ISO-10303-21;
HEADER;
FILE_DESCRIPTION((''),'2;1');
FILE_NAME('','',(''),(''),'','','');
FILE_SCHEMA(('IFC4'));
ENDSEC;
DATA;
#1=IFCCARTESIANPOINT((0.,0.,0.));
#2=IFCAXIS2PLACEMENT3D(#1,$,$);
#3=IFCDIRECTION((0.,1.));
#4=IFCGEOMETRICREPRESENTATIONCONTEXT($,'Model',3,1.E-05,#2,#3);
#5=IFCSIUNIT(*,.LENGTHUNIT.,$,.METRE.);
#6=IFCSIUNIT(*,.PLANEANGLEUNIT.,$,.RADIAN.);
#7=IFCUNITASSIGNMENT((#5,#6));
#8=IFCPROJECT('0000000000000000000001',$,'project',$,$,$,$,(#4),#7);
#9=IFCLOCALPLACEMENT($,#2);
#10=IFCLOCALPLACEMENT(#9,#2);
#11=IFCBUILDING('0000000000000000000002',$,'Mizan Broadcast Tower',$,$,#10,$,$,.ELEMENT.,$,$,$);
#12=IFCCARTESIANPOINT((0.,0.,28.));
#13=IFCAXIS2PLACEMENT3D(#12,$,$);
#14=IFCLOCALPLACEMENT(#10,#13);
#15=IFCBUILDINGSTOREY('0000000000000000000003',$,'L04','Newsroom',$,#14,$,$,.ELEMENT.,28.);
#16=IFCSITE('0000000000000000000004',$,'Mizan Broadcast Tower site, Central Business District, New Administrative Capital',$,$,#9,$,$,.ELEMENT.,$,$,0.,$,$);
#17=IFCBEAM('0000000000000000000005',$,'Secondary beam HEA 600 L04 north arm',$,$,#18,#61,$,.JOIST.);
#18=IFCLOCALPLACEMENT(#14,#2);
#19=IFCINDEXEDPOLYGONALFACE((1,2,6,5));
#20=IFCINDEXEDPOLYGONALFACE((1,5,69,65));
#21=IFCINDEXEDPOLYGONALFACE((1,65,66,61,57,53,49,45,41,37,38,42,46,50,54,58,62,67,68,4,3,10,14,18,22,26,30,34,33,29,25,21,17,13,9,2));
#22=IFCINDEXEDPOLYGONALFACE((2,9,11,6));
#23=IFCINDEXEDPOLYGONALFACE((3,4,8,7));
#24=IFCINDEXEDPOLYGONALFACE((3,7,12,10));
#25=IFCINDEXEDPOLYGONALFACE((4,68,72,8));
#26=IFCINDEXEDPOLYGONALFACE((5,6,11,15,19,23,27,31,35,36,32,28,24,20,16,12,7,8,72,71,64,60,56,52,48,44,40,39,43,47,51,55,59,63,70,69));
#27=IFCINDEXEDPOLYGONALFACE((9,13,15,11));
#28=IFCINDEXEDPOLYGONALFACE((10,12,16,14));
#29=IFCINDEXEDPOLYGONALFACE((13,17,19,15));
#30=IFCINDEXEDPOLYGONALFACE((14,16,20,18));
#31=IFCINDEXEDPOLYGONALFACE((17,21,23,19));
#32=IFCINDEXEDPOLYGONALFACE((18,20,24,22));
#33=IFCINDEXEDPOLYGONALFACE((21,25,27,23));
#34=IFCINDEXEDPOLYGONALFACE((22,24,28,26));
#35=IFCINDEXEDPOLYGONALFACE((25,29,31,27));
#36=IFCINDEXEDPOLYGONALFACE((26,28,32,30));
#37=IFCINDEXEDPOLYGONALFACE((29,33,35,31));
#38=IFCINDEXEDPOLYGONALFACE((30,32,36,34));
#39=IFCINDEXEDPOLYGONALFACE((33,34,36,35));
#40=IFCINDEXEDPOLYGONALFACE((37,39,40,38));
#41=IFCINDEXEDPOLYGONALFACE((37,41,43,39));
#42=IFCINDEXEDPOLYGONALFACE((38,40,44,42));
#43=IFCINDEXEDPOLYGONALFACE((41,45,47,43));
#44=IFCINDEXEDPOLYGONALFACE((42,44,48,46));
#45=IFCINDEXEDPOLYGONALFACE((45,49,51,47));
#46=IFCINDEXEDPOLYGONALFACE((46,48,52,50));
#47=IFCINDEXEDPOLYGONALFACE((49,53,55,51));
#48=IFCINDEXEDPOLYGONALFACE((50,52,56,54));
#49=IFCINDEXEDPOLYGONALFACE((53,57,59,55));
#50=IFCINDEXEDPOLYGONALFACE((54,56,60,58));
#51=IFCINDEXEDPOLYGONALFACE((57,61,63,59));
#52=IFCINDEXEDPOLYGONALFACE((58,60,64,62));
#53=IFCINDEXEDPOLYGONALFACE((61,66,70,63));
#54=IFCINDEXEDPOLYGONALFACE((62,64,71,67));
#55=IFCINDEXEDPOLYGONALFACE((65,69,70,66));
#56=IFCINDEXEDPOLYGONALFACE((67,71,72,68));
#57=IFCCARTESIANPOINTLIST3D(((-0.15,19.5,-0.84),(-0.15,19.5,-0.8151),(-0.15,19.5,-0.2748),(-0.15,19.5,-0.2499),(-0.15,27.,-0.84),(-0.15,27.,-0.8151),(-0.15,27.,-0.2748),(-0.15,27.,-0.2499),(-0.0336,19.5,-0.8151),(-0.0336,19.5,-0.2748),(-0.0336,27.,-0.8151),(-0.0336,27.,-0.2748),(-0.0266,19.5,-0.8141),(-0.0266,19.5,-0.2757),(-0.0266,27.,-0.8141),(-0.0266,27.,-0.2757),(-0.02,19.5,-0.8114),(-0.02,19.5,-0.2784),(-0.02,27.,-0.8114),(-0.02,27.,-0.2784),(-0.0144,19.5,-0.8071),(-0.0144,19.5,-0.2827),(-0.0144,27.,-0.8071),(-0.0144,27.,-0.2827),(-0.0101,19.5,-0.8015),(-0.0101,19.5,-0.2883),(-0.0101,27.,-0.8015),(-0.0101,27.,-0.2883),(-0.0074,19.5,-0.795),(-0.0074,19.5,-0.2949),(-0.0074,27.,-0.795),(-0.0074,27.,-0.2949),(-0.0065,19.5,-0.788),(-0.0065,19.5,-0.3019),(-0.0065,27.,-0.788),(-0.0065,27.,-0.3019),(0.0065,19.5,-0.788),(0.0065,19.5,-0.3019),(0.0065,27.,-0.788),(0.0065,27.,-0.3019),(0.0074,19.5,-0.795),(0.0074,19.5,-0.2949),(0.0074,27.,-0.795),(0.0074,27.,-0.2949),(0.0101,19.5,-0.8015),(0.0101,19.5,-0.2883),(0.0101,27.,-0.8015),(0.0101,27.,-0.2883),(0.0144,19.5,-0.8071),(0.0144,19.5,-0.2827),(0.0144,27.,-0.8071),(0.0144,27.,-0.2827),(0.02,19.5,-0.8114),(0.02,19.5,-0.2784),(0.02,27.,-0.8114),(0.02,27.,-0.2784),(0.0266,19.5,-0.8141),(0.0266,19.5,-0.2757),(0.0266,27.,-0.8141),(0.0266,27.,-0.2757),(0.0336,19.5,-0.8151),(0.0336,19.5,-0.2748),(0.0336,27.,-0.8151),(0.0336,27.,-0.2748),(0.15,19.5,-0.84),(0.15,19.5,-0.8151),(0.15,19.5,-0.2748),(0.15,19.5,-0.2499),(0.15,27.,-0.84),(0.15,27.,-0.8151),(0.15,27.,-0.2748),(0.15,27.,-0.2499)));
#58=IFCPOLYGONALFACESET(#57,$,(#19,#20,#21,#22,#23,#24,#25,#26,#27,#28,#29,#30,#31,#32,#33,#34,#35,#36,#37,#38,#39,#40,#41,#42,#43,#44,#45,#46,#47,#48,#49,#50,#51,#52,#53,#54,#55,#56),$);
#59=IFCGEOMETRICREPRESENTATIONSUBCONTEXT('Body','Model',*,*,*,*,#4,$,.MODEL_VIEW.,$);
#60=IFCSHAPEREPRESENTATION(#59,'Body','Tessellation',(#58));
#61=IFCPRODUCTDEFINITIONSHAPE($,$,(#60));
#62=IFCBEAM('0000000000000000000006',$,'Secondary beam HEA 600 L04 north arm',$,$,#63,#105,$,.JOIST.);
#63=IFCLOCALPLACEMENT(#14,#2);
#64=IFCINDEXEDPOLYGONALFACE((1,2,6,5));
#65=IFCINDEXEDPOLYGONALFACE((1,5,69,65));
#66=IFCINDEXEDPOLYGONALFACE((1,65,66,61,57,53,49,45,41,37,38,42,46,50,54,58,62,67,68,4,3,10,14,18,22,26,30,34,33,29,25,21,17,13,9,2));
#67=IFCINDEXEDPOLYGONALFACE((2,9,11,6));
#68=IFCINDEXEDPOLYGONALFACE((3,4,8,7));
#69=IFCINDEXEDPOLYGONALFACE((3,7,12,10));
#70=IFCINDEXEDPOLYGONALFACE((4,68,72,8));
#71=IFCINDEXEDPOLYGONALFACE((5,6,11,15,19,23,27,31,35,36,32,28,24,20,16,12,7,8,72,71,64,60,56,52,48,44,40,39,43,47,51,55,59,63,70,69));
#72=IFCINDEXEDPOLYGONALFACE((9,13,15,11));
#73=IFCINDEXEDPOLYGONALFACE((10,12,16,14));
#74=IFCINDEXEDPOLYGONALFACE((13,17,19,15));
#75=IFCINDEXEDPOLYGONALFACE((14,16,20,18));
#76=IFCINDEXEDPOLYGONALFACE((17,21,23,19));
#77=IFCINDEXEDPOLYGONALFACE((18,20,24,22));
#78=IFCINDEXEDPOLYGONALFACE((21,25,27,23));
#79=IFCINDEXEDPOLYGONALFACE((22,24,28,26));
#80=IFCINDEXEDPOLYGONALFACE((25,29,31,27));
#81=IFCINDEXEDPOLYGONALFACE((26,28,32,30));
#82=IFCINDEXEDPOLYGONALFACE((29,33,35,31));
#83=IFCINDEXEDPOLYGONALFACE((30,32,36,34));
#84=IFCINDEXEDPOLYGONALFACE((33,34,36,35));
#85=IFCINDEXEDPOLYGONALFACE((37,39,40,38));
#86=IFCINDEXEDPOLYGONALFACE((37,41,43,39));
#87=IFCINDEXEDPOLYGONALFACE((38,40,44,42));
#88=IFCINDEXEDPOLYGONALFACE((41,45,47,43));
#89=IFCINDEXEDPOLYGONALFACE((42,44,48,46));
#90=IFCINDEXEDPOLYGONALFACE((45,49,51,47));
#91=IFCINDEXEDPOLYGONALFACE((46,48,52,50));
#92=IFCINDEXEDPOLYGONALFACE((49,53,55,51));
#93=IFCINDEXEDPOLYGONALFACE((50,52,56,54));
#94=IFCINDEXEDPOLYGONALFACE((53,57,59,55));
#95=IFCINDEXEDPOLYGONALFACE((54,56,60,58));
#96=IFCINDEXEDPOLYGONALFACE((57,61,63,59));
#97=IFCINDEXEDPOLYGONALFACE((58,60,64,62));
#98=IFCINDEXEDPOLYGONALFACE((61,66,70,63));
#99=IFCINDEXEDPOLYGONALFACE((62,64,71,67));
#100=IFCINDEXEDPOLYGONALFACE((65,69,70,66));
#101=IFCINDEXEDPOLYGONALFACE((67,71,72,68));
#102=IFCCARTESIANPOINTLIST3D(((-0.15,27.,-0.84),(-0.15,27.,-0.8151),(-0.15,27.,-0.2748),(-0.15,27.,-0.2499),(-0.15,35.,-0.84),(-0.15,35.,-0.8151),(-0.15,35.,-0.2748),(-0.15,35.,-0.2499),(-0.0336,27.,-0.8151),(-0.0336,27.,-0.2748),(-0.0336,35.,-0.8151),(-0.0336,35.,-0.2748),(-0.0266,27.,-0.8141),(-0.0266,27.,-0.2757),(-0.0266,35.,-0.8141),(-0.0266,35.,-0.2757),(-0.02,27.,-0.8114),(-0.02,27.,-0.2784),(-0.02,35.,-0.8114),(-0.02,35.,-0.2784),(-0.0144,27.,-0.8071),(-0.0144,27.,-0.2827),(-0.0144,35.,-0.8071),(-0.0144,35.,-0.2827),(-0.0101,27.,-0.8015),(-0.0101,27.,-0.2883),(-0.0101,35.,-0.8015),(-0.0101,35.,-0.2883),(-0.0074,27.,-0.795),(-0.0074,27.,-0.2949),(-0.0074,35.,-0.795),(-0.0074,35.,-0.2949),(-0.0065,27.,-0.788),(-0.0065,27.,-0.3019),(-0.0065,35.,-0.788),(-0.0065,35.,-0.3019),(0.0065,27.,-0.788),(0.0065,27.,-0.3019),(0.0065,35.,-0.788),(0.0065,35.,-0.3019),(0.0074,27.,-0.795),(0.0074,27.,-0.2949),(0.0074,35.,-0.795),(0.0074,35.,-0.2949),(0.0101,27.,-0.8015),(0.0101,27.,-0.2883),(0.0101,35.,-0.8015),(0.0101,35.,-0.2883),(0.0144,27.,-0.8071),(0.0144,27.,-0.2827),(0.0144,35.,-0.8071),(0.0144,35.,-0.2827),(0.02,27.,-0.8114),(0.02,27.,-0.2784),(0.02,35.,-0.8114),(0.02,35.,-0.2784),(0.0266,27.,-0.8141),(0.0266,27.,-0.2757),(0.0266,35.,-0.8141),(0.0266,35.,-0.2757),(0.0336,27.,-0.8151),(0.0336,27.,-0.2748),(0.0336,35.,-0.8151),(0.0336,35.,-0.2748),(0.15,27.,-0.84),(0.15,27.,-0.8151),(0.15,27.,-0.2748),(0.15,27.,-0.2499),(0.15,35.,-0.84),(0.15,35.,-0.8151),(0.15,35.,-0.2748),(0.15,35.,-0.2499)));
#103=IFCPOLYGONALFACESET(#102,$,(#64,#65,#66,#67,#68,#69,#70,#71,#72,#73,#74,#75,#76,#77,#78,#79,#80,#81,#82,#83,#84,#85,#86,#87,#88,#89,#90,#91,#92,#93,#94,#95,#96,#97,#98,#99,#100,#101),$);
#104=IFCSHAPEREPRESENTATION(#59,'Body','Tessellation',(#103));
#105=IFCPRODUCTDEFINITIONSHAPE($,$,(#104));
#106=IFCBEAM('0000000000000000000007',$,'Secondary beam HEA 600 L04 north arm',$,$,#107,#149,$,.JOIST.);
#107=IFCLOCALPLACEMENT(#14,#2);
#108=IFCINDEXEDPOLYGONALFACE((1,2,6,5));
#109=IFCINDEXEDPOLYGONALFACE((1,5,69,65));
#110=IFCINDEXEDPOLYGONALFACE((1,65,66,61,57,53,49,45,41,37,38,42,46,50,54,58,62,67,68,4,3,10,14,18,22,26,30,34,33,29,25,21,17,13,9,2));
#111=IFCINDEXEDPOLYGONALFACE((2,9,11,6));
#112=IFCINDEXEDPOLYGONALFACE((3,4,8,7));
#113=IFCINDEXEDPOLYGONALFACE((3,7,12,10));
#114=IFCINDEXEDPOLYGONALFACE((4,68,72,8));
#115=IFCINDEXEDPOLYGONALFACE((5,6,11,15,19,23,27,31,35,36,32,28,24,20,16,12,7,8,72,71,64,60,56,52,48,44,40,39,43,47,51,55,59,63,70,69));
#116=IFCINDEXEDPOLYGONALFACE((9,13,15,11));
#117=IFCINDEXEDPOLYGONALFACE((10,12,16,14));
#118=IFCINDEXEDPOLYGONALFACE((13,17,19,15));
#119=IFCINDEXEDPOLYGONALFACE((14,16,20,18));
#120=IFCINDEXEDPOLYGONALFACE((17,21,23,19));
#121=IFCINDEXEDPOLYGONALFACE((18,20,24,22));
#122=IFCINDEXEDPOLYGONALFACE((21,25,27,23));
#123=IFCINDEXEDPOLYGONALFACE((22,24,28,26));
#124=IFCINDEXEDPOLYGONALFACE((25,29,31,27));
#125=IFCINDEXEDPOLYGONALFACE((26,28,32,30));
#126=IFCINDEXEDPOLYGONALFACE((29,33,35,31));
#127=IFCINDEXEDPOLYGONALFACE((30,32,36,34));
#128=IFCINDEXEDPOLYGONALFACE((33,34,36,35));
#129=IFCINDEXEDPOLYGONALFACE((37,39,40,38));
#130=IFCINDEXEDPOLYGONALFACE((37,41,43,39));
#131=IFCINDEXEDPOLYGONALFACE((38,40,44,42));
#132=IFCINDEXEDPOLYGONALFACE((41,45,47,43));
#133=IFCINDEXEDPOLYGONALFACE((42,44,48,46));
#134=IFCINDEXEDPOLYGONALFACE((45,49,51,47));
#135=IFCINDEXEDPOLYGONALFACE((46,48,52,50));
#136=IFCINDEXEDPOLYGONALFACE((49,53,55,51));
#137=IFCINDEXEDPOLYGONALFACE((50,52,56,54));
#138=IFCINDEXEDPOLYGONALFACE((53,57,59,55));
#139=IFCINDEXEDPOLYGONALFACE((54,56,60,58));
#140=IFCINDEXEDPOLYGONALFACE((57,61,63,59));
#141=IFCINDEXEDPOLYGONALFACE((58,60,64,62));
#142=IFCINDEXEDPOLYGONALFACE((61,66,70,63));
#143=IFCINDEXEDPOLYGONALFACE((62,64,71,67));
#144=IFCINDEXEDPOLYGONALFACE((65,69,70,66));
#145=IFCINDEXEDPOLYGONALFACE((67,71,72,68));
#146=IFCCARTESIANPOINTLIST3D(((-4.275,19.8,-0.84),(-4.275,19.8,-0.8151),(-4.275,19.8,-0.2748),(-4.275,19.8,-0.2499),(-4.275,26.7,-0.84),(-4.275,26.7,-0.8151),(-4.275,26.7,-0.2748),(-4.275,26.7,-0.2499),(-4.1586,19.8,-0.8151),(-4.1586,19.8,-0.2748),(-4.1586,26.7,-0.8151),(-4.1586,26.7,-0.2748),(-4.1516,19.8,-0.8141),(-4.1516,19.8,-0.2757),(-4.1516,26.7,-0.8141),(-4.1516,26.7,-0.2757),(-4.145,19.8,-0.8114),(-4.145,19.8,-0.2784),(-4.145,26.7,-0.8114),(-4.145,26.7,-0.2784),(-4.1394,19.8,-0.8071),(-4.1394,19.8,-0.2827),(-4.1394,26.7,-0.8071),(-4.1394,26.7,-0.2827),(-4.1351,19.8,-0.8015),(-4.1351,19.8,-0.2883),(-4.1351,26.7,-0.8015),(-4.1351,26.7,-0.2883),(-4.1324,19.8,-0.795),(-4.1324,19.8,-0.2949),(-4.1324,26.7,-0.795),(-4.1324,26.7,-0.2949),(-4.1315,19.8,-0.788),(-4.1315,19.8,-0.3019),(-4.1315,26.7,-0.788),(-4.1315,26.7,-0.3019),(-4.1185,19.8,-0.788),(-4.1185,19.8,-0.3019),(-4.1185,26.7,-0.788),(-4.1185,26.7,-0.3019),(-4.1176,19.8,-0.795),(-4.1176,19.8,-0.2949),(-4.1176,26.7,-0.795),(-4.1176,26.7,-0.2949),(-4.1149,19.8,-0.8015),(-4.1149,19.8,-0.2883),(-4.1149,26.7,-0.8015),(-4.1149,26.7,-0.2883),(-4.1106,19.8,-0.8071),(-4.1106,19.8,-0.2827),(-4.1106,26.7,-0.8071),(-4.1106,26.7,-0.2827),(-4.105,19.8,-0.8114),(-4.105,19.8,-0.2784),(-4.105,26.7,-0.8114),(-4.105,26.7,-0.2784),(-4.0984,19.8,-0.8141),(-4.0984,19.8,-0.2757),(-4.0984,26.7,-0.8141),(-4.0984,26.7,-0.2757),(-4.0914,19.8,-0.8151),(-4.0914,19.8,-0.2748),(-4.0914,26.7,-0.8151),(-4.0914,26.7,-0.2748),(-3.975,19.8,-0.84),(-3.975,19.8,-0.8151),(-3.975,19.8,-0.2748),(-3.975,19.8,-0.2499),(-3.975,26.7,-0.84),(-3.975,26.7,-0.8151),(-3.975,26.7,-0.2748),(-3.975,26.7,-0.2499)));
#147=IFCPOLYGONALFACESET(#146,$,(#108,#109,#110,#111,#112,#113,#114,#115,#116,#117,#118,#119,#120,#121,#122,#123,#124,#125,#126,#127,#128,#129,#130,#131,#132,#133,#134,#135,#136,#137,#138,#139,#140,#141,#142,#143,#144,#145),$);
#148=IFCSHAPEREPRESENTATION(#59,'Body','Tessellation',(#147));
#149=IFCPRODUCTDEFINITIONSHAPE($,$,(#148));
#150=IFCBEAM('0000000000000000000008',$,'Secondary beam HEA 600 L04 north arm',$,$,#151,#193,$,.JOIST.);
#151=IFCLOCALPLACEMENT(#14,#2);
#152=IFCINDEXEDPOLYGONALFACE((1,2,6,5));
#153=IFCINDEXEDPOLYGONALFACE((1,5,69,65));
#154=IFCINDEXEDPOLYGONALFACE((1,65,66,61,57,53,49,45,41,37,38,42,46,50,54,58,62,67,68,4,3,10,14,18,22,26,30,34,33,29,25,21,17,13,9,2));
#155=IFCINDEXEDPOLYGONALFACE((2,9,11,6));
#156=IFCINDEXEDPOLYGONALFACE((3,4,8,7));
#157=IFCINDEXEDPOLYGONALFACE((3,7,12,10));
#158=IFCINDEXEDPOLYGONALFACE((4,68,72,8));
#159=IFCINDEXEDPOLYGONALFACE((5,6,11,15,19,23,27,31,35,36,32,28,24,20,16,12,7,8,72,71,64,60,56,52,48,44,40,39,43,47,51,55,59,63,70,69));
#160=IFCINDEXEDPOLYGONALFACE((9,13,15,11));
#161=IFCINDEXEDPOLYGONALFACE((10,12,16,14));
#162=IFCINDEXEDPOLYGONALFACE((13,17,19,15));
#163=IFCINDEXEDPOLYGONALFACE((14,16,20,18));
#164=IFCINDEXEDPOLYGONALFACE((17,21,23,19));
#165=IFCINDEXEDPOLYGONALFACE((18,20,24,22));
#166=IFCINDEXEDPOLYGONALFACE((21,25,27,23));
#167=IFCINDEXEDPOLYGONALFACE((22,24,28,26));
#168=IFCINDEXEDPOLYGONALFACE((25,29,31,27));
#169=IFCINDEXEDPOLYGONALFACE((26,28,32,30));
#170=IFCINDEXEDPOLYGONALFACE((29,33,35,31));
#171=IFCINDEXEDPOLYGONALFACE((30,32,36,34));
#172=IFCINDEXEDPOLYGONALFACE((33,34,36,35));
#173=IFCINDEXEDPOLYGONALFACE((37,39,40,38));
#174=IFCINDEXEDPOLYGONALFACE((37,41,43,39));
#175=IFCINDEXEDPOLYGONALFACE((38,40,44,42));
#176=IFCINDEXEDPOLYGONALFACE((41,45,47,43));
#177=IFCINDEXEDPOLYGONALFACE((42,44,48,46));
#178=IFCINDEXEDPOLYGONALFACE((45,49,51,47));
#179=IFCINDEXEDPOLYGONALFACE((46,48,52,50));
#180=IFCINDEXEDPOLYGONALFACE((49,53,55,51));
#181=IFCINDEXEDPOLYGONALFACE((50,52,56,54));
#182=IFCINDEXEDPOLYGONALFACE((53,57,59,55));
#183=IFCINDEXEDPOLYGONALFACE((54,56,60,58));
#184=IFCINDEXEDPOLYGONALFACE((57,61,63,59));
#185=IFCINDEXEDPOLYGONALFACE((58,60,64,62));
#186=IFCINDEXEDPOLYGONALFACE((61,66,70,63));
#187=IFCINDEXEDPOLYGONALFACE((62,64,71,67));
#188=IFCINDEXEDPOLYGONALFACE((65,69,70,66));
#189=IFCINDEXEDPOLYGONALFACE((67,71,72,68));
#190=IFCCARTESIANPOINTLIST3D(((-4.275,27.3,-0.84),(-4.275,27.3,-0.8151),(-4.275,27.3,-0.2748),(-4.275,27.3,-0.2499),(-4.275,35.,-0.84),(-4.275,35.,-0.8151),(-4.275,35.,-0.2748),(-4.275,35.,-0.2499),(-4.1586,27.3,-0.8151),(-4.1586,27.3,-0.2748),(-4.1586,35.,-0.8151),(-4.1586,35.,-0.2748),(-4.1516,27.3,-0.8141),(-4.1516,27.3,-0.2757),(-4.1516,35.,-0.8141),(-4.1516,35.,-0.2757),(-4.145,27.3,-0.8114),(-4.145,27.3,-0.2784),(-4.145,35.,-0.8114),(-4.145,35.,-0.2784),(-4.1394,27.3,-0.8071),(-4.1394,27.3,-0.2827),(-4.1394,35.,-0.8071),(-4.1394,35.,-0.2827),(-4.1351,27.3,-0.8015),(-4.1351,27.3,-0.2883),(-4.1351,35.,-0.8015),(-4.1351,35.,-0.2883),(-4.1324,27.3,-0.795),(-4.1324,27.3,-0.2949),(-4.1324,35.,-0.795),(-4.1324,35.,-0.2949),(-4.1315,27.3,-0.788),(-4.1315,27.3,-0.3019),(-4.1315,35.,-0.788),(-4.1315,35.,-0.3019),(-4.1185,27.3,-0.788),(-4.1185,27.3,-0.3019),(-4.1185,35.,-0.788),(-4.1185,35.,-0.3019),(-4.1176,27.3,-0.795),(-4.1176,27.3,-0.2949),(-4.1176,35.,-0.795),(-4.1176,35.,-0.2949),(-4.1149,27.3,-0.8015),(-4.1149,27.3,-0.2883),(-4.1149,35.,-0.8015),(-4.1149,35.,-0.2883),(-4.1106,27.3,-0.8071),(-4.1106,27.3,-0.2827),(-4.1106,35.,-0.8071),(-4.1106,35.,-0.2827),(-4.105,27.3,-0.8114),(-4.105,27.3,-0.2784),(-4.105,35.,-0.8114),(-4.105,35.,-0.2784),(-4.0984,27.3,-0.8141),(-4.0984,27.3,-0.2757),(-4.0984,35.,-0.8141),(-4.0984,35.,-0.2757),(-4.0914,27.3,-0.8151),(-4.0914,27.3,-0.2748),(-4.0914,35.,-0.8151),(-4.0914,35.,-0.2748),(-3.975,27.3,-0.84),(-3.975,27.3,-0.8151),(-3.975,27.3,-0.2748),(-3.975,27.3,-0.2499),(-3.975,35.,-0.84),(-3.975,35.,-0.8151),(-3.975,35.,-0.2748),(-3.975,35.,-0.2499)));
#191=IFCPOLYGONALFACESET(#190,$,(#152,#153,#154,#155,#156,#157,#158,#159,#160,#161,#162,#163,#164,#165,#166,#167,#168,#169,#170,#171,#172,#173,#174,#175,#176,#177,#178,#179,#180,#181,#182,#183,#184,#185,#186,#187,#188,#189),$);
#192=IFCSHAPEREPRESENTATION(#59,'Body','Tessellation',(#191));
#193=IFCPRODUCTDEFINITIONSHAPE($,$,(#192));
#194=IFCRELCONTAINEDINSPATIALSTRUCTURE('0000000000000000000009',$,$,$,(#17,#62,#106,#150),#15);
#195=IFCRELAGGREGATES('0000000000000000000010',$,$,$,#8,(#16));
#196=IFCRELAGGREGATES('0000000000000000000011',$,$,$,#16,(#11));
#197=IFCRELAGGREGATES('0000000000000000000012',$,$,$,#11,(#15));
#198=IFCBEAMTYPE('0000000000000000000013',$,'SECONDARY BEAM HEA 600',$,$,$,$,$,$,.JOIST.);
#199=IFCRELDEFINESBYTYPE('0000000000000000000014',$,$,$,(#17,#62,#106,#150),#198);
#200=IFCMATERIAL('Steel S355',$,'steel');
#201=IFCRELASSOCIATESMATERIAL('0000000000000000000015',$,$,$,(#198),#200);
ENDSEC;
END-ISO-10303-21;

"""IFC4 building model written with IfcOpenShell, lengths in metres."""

from ifc_helpers import new_model, si_unit, direction, frame, origin, origin_2d, place, context, subcontext, project, spatial, i_section, extrude, material, material_profile, profile_set, type_object, element, save


model = new_model("IFC4")

# Units and contexts
model_context = context("Model", 3, precision=1e-05, world=origin(), true_north=direction((0.0, 1.0)))
body_context = subcontext(model_context, "Body", "Model", "MODEL_VIEW")
ifc_project = project(units=[si_unit("LENGTHUNIT", "METRE"), si_unit("PLANEANGLEUNIT", "RADIAN")], contexts=[model_context])

# Site, building, storey
site_placement = place(None, origin())
site = spatial("IfcSite", under=ifc_project, at=site_placement, Name="Mizan Broadcast Tower site, Central Business District, New Administrative Capital", CompositionType="ELEMENT", RefElevation=0.0)
building_placement = place(site_placement, origin())
building = spatial("IfcBuilding", under=site, at=building_placement, Name="Mizan Broadcast Tower", CompositionType="ELEMENT")
storey_placement = place(building_placement, frame((0.0, 0.0, 28.0)))
storey = spatial("IfcBuildingStorey", under=building, at=storey_placement, Name="L04", Description="Newsroom", CompositionType="ELEMENT", Elevation=28.0)

# Beams
ifc_material_1 = material(Name="Steel S355", Category="steel")
ifc_material_profile_1 = material_profile(ifc_material_1, i_section(OverallWidth=0.3, OverallDepth=0.5901, WebThickness=0.0129, FlangeThickness=0.0249, FilletRadius=0.0271, at=origin_2d()), Name="HEA 600")
ifc_profile_set_1 = profile_set([ifc_material_profile_1], Name="Steel S355")
beam_type_1 = type_object("IfcBeamType", Name="SECONDARY BEAM HEA 600", PredefinedType="JOIST", material=ifc_profile_set_1)
beam_1_placement = place(storey_placement, frame((0.0, 19.5, -0.5449), z_axis=(0.0, 1.0, 0.0), x_axis=(-1.0, 0.0, 0.0)))
element("IfcBeam", 1, at=beam_1_placement, inside=storey, type_object=beam_type_1, Name="Secondary beam HEA 600 L04 north arm", PredefinedType="JOIST", context=body_context, shape_type="SweptSolid", body=[
    extrude(i_section(OverallWidth=0.3, OverallDepth=0.5901, WebThickness=0.0129, FlangeThickness=0.0249, FilletRadius=0.0271, at=origin_2d()), origin(), (0.0, 0.0, 1.0), 7.5),
])
beam_2_placement = place(storey_placement, frame((0.0, 27.0, -0.5449), z_axis=(0.0, 1.0, 0.0), x_axis=(-1.0, 0.0, 0.0)))
element("IfcBeam", 2, at=beam_2_placement, inside=storey, type_object=beam_type_1, Name="Secondary beam HEA 600 L04 north arm", PredefinedType="JOIST", context=body_context, shape_type="SweptSolid", body=[
    extrude(i_section(OverallWidth=0.3, OverallDepth=0.5901, WebThickness=0.0129, FlangeThickness=0.0249, FilletRadius=0.0271, at=origin_2d()), origin(), (0.0, 0.0, 1.0), 8.0),
])
beam_3_placement = place(storey_placement, frame((-4.125, 19.8, -0.5449), z_axis=(0.0, 1.0, 0.0), x_axis=(-1.0, 0.0, 0.0)))
element("IfcBeam", 3, at=beam_3_placement, inside=storey, type_object=beam_type_1, Name="Secondary beam HEA 600 L04 north arm", PredefinedType="JOIST", context=body_context, shape_type="SweptSolid", body=[
    extrude(i_section(OverallWidth=0.3, OverallDepth=0.5901, WebThickness=0.0129, FlangeThickness=0.0249, FilletRadius=0.0271, at=origin_2d()), origin(), (0.0, 0.0, 1.0), 6.8999),
])
beam_4_placement = place(storey_placement, frame((-4.125, 27.3, -0.5449), z_axis=(0.0, 1.0, 0.0), x_axis=(-1.0, 0.0, 0.0)))
element("IfcBeam", 4, at=beam_4_placement, inside=storey, type_object=beam_type_1, Name="Secondary beam HEA 600 L04 north arm", PredefinedType="JOIST", context=body_context, shape_type="SweptSolid", body=[
    extrude(i_section(OverallWidth=0.3, OverallDepth=0.5901, WebThickness=0.0129, FlangeThickness=0.0249, FilletRadius=0.0271, at=origin_2d()), origin(), (0.0, 0.0, 1.0), 7.7),
])

save(model, "model.ifc")
